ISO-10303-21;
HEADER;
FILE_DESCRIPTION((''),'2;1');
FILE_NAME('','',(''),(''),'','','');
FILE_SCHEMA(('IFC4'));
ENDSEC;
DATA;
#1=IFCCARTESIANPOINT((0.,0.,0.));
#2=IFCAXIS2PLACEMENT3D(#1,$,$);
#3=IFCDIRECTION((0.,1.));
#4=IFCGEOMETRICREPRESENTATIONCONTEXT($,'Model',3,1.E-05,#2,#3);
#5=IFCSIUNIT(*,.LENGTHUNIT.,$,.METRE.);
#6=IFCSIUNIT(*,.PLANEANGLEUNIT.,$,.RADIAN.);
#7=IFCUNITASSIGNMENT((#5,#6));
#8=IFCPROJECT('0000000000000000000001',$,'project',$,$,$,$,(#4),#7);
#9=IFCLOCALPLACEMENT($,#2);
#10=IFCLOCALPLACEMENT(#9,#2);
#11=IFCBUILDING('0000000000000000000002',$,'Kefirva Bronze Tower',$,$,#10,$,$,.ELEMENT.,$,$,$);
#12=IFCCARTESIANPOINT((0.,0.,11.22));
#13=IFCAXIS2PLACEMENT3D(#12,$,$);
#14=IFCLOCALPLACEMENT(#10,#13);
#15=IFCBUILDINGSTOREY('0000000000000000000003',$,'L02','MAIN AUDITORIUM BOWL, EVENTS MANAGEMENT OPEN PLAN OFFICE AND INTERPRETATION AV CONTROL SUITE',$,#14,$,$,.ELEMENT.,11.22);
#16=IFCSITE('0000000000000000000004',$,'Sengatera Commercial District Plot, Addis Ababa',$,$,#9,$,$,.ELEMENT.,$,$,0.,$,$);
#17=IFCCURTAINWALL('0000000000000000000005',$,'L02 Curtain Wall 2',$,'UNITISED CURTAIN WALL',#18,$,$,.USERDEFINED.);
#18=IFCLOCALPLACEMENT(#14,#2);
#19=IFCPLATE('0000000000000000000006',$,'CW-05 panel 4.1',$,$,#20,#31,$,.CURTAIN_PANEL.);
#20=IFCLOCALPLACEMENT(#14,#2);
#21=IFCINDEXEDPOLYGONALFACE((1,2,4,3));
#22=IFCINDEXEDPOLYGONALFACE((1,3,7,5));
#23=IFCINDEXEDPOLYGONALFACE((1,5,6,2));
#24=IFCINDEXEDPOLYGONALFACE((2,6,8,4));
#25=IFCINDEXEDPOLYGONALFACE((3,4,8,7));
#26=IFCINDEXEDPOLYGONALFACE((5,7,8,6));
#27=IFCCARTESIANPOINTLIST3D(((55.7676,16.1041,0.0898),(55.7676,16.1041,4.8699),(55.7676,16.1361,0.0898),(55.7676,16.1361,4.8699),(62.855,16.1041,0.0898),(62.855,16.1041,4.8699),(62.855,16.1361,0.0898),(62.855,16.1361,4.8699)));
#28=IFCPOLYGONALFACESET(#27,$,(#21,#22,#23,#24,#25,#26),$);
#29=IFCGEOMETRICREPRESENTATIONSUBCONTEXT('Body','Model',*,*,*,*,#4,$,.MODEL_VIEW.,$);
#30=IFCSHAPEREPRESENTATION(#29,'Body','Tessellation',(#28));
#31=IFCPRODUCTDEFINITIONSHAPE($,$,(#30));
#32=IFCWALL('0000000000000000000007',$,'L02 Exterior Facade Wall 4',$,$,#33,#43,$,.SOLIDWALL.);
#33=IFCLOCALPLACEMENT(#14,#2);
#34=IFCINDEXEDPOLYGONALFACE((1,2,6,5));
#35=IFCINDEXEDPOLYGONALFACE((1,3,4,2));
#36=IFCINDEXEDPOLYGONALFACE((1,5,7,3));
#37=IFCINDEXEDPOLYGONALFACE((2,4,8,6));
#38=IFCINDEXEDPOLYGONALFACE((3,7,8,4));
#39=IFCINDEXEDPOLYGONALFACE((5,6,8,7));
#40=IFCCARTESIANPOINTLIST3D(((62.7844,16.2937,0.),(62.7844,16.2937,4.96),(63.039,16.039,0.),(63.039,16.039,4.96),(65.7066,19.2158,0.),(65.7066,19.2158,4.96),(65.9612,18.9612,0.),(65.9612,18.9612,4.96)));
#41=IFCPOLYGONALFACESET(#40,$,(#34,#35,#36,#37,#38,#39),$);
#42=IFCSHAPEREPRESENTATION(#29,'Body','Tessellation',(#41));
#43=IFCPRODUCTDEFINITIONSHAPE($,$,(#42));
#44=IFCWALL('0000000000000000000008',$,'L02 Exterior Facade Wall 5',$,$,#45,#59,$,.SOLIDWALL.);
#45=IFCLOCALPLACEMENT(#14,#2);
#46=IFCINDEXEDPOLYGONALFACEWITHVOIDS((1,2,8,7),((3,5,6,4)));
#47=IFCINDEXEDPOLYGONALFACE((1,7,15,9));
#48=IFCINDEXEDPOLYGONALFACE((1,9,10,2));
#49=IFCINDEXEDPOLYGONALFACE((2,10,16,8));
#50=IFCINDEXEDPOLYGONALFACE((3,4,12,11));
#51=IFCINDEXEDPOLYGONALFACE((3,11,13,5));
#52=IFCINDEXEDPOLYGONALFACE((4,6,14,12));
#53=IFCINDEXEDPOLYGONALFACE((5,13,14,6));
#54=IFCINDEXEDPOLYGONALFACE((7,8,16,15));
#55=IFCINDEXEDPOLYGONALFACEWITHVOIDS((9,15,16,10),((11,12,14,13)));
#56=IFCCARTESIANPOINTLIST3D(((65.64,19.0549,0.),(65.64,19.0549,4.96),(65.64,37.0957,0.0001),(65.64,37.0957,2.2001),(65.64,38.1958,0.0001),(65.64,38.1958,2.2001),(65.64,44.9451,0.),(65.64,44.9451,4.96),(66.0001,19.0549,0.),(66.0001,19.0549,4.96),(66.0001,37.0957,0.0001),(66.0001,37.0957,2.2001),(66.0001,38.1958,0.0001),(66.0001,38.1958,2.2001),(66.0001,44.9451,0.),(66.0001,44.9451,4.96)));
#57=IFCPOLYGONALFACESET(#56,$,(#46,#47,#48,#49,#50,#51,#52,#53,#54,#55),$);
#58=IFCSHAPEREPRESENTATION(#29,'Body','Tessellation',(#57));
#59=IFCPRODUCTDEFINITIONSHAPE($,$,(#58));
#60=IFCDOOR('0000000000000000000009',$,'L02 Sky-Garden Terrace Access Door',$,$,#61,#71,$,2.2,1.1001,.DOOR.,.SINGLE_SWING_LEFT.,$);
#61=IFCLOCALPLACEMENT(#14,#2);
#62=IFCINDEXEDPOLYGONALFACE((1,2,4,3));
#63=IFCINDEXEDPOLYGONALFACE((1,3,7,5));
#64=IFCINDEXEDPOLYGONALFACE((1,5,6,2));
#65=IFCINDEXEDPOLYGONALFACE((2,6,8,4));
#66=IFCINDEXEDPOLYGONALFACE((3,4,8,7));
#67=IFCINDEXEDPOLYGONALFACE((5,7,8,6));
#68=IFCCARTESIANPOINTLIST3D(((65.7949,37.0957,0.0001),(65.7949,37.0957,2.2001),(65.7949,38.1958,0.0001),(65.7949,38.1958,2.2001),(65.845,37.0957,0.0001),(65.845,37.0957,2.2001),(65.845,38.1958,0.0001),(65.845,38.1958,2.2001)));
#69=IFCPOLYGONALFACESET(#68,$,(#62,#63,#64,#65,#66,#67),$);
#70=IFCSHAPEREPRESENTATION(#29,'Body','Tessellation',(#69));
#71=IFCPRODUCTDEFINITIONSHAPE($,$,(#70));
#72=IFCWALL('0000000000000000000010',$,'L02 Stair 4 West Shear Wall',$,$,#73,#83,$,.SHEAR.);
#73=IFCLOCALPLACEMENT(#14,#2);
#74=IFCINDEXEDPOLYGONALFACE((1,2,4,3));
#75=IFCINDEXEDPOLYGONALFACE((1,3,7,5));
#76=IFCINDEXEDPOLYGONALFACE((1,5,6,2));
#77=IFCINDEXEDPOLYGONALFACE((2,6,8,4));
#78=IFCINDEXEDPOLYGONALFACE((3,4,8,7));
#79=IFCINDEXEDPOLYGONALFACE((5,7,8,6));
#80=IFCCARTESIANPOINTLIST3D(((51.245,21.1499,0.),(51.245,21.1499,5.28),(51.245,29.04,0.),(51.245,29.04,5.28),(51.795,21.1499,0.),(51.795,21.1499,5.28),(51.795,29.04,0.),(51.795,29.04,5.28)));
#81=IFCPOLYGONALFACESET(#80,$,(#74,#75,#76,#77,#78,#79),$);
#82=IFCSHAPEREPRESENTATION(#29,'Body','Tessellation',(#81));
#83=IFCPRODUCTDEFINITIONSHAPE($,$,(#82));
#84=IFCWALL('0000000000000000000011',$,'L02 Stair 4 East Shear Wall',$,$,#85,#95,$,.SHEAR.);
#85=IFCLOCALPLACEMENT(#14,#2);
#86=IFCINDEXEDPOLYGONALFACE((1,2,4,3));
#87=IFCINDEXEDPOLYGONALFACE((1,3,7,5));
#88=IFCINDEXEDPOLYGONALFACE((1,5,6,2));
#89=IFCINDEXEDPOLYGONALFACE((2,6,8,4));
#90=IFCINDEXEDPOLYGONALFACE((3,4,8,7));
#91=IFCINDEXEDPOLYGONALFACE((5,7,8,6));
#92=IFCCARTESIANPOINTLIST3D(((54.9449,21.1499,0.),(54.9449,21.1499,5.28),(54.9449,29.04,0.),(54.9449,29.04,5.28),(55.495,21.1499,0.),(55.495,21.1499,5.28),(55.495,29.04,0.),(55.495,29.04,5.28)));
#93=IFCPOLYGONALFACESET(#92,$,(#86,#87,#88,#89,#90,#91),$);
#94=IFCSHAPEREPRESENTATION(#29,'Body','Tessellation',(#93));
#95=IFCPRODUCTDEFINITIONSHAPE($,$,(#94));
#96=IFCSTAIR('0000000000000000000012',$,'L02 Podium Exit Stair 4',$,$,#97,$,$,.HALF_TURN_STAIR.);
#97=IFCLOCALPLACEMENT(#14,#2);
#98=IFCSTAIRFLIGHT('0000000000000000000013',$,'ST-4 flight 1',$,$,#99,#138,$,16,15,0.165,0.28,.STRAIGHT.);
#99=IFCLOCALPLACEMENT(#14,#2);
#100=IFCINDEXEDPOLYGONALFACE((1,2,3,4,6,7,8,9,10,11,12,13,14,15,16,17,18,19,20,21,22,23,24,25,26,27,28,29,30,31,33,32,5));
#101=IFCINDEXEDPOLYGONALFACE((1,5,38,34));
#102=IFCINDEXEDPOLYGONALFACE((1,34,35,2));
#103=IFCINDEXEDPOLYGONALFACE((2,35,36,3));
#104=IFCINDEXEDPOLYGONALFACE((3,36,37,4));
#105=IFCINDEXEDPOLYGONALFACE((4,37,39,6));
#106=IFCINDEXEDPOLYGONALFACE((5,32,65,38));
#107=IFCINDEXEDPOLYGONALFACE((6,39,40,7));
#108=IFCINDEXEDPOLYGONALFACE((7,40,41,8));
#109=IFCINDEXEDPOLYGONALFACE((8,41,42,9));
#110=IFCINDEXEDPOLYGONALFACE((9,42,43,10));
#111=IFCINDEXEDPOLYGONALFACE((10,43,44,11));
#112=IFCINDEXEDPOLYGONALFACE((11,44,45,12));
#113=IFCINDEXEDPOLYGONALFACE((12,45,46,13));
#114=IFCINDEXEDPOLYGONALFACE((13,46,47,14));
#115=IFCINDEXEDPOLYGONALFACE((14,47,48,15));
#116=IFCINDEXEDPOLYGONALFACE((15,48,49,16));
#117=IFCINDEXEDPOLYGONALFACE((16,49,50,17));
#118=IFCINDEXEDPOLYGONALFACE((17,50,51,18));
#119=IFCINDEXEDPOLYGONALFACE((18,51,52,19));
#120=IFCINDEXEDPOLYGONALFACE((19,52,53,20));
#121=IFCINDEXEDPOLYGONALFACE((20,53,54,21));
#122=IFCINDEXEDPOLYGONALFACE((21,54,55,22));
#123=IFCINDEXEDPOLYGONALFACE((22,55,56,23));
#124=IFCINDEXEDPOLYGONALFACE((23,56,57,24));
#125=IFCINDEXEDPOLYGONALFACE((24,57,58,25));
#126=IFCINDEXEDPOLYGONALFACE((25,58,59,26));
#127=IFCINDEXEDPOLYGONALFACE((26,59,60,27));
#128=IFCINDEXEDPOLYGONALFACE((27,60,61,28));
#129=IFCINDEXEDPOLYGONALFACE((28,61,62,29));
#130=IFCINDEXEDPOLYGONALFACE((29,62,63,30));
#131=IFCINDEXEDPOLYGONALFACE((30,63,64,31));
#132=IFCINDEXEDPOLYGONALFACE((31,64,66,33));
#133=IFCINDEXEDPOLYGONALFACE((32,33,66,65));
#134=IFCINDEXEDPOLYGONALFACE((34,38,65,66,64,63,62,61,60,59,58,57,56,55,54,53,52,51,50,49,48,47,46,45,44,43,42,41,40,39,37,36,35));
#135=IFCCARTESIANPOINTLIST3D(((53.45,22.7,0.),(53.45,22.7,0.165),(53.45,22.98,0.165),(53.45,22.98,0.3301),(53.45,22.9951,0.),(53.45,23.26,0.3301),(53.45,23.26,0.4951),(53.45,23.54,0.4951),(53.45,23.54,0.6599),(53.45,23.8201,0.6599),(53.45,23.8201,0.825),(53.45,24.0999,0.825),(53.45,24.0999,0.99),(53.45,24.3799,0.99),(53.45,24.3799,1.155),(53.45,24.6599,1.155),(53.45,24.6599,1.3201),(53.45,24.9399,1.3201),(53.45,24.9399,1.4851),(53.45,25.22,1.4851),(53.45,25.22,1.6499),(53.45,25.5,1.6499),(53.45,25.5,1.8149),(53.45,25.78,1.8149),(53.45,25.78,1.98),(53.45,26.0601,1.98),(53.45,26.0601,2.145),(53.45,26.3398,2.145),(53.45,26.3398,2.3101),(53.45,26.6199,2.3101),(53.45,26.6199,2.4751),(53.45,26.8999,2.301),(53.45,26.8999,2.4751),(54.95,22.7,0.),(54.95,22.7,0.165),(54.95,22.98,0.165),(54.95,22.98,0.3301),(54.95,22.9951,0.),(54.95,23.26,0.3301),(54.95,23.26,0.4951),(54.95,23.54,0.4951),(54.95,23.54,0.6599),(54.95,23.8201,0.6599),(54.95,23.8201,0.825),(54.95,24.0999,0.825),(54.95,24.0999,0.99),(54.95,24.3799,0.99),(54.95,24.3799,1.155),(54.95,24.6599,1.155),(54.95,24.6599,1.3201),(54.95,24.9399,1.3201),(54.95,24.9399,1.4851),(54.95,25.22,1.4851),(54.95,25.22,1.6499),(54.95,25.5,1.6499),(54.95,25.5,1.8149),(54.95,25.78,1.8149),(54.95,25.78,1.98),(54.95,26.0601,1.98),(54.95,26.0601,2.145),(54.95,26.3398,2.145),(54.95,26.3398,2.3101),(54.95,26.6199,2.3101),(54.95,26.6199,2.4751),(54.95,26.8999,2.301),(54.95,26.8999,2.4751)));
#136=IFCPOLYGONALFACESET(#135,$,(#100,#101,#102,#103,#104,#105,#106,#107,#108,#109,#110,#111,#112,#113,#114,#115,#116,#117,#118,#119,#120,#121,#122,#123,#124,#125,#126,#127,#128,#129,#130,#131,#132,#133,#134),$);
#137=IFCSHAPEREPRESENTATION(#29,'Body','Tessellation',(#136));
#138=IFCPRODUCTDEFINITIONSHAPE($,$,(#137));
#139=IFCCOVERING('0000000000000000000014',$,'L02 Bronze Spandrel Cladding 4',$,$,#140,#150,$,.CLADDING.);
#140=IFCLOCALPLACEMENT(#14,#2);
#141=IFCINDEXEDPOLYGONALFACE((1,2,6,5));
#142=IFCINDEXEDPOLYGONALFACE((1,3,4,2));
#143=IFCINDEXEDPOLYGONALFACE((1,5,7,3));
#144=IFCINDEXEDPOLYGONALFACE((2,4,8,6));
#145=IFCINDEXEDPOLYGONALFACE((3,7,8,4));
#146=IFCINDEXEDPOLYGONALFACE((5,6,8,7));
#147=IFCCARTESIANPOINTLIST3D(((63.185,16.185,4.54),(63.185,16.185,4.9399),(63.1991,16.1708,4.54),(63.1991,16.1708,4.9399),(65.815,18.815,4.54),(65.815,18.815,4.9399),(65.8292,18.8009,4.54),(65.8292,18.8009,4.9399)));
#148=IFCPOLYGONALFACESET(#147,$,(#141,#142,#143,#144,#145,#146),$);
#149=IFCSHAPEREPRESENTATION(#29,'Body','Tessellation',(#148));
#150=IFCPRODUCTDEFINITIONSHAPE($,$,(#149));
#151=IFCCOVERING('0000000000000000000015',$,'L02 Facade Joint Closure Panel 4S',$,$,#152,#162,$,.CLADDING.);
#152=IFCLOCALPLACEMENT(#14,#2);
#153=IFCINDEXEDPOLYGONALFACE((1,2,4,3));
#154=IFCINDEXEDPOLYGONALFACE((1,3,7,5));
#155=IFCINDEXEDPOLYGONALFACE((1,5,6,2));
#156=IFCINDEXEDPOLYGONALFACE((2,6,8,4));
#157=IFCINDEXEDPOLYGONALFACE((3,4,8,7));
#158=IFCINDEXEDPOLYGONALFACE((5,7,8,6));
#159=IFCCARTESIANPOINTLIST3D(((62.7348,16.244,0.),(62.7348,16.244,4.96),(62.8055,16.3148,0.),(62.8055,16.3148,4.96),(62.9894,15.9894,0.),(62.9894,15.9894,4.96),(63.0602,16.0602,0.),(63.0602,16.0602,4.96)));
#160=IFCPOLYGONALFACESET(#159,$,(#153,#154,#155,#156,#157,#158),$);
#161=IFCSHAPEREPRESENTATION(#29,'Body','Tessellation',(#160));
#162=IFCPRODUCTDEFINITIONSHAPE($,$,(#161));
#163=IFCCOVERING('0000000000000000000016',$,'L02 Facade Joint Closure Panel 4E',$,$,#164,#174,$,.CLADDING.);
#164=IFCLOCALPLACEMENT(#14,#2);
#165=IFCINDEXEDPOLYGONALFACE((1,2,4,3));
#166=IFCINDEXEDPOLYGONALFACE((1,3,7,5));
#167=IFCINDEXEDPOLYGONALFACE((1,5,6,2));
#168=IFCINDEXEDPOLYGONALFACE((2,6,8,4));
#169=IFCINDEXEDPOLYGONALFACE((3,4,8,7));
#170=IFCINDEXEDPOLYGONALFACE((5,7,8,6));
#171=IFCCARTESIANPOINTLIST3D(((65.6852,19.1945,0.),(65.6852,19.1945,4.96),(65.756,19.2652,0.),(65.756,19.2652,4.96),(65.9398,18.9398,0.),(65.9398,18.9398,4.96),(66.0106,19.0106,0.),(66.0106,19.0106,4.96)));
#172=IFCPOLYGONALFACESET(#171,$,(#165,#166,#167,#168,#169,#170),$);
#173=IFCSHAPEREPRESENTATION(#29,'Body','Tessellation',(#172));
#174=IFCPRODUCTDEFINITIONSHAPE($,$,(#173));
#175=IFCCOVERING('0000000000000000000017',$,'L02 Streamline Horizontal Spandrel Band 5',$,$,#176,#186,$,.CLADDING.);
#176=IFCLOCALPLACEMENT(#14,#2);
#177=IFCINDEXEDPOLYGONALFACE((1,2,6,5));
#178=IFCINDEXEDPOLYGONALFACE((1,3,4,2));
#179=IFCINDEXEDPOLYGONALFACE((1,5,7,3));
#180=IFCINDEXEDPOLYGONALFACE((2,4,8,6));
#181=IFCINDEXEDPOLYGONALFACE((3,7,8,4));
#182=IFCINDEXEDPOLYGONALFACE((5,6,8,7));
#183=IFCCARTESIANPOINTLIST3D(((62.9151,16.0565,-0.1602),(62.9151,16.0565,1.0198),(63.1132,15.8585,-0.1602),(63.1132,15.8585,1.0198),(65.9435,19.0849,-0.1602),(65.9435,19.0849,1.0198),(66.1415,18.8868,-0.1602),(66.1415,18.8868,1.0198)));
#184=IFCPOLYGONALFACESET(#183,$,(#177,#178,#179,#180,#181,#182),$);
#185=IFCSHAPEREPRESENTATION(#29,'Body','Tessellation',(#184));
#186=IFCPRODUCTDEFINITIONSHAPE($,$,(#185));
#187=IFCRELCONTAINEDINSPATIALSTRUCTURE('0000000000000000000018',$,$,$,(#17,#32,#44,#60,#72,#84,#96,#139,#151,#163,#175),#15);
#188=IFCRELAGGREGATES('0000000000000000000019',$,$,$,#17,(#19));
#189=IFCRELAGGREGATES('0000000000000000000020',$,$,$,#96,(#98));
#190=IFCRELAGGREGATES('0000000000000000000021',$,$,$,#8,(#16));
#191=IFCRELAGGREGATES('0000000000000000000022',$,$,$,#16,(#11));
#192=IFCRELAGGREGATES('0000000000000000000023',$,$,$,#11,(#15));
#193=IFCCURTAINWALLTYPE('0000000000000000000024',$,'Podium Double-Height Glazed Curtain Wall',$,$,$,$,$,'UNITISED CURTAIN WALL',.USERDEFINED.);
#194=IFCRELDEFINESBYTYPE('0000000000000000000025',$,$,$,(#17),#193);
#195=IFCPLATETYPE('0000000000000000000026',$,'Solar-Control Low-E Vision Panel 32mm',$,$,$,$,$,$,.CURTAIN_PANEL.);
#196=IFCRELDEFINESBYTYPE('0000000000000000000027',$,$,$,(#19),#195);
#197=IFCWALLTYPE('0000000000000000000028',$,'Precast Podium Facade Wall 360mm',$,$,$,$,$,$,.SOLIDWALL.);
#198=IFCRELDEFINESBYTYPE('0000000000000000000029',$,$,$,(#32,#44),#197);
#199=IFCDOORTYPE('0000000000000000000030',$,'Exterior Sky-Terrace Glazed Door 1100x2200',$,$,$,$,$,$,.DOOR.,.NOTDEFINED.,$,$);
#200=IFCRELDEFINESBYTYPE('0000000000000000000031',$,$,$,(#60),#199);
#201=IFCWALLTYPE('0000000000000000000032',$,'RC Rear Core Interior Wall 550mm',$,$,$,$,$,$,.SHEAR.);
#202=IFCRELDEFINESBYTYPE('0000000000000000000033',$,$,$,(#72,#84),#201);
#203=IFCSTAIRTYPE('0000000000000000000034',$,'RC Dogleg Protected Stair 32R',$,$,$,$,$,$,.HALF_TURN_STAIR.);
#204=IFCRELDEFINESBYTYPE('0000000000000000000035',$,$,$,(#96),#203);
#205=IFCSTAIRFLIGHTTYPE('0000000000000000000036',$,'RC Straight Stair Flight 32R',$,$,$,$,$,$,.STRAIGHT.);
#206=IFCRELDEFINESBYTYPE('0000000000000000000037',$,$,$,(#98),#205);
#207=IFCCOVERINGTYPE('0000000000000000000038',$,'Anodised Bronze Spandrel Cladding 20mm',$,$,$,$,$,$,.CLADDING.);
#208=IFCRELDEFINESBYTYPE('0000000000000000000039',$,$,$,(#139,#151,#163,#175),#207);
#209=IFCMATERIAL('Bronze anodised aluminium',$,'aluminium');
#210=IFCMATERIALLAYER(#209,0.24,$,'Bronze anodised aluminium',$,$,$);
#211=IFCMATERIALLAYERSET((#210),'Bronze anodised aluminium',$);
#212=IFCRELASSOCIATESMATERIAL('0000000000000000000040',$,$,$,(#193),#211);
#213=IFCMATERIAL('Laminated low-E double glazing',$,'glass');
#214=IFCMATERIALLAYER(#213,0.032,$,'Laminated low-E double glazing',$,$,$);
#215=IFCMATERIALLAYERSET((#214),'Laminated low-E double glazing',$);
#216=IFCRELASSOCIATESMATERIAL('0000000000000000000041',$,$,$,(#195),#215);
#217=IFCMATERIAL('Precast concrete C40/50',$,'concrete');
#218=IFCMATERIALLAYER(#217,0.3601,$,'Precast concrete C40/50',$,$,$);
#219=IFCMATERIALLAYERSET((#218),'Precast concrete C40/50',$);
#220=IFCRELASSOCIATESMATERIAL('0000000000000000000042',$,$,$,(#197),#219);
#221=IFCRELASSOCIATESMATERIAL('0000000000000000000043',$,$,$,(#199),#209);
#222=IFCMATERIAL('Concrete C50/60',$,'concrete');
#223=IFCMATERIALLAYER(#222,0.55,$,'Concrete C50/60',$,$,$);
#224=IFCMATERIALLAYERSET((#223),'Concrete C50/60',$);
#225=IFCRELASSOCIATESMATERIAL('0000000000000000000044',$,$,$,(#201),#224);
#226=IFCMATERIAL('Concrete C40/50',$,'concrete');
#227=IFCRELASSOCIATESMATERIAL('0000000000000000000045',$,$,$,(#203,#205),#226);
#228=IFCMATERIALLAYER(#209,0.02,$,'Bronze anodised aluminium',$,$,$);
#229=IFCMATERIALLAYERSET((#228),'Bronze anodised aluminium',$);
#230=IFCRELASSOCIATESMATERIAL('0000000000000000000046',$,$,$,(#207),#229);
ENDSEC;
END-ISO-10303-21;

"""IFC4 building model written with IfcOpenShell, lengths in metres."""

from ifc_helpers import new_model, si_unit, direction, frame, frame_2d, origin, origin_2d, place, context, subcontext, project, spatial, polyline, rectangle, outline, extrude, material, layer, layer_set, type_object, element, fill, aggregate, save


model = new_model("IFC4")

# Units and contexts
model_context = context("Model", 3, precision=1e-05, world=origin(), true_north=direction((0.0, 1.0)))
body_context = subcontext(model_context, "Body", "Model", "MODEL_VIEW")
ifc_project = project(units=[si_unit("LENGTHUNIT", "METRE"), si_unit("PLANEANGLEUNIT", "RADIAN")], contexts=[model_context])

# Site, building, storey
site_placement = place(None, origin())
site = spatial("IfcSite", under=ifc_project, at=site_placement, Name="Sengatera Commercial District Plot, Addis Ababa", CompositionType="ELEMENT", RefElevation=0.0)
building_placement = place(site_placement, origin())
building = spatial("IfcBuilding", under=site, at=building_placement, Name="Kefirva Bronze Tower", CompositionType="ELEMENT")
storey_placement = place(building_placement, frame((0.0, 0.0, 11.22)))
storey = spatial("IfcBuildingStorey", under=building, at=storey_placement, Name="L02", Description="MAIN AUDITORIUM BOWL, EVENTS MANAGEMENT OPEN PLAN OFFICE AND INTERPRETATION AV CONTROL SUITE", CompositionType="ELEMENT", Elevation=11.22)

# Curtain wall
ifc_material_1 = material(Name="Bronze anodised aluminium", Category="aluminium")
ifc_layer_1 = layer(ifc_material_1, 0.24, Name="Bronze anodised aluminium")
ifc_layer_set_1 = layer_set([ifc_layer_1], Name="Bronze anodised aluminium")
curtain_wall_type = type_object("IfcCurtainWallType", Name="Podium Double-Height Glazed Curtain Wall", ElementType="UNITISED CURTAIN WALL", PredefinedType="USERDEFINED", material=ifc_layer_set_1)
curtain_wall_placement = place(storey_placement, origin())
curtain_wall = element("IfcCurtainWall", 1, at=curtain_wall_placement, inside=storey, type_object=curtain_wall_type, Name="L02 Curtain Wall 2", ObjectType="UNITISED CURTAIN WALL", PredefinedType="USERDEFINED")

# Shared definitions
ifc_material_2 = material(Name="Concrete C50/60", Category="concrete")

# Plate
ifc_material_3 = material(Name="Laminated low-E double glazing", Category="glass")
ifc_layer_2 = layer(ifc_material_3, 0.032, Name="Laminated low-E double glazing")
ifc_layer_set_2 = layer_set([ifc_layer_2], Name="Laminated low-E double glazing")
plate_type = type_object("IfcPlateType", Name="Solar-Control Low-E Vision Panel 32mm", PredefinedType="CURTAIN_PANEL", material=ifc_layer_set_2)
plate_1_placement = place(storey_placement, frame((59.3113, 16.1201, 0.0898), z_axis=(0.0, 0.0, 1.0), x_axis=(1.0, 0.0, 0.0)))
plate_1 = element("IfcPlate", 2, at=plate_1_placement, type_object=plate_type, Name="CW-05 panel 4.1", PredefinedType="CURTAIN_PANEL", context=body_context, shape_type="SweptSolid", body=[
    extrude(rectangle(XDim=7.0874, YDim=0.032, at=origin_2d()), origin(), (0.0, 0.0, 1.0), 4.78),
])
aggregate(curtain_wall, [plate_1])

# Wall
ifc_material_4 = material(Name="Precast concrete C40/50", Category="concrete")
ifc_layer_3 = layer(ifc_material_4, 0.3601, Name="Precast concrete C40/50")
ifc_layer_set_3 = layer_set([ifc_layer_3], Name="Precast concrete C40/50")
wall_type_1 = type_object("IfcWallType", Name="Precast Podium Facade Wall 360mm", PredefinedType="SOLIDWALL", material=ifc_layer_set_3)
wall_1_placement = place(storey_placement, frame((62.9116, 16.1663, 0.0), z_axis=(0.0, 0.0, 1.0), x_axis=(0.707107, 0.707107, 0.0)))
element("IfcWall", 3, at=wall_1_placement, inside=storey, type_object=wall_type_1, Name="L02 Exterior Facade Wall 4", PredefinedType="SOLIDWALL", context=body_context, shape_type="SweptSolid", body=[
    extrude(rectangle(XDim=4.1326, YDim=0.3601, at=frame_2d((2.0664, 0.0))), origin(), (0.0, 0.0, 1.0), 4.96),
])

# Wall, opening, door
wall_2_placement = place(storey_placement, frame((65.8201, 19.0549, 0.0), z_axis=(0.0, 0.0, 1.0), x_axis=(0.0, 1.0, 0.0)))
wall_2 = element("IfcWall", 4, at=wall_2_placement, inside=storey, type_object=wall_type_1, Name="L02 Exterior Facade Wall 5", PredefinedType="SOLIDWALL", context=body_context, shape_type="SweptSolid", body=[
    extrude(rectangle(XDim=25.8901, YDim=0.3601, at=frame_2d((12.9451, 0.0))), origin(), (0.0, 0.0, 1.0), 4.96),
])
opening_1_placement = place(wall_2_placement, frame((19.1409, 0.0, 0.0), z_axis=(0.0, 0.0, 1.0), x_axis=(-1.0, 0.0, 0.0)))
opening_1 = element("IfcOpeningElement", 5, at=opening_1_placement, cuts=wall_2, PredefinedType="OPENING", context=body_context, shape_type="SweptSolid", body=[
    extrude(rectangle(XDim=1.1001, YDim=2.2, at=frame_2d((0.55, 1.1001))), frame((0.0, 0.1899, 0.0), z_axis=(0.0, -1.0, 0.0), x_axis=(1.0, 0.0, 0.0)), (0.0, 0.0, 1.0), 0.3801),
])
door_type_1 = type_object("IfcDoorType", Name="Exterior Sky-Terrace Glazed Door 1100x2200", OperationType="NOTDEFINED", PredefinedType="DOOR", material=ifc_material_1)
door_1_placement = place(opening_1_placement, origin())
door_1 = element("IfcDoor", 6, at=door_1_placement, inside=storey, type_object=door_type_1, Name="L02 Sky-Garden Terrace Access Door", OperationType="SINGLE_SWING_LEFT", OverallHeight=2.2, OverallWidth=1.1001, PredefinedType="DOOR", context=body_context, shape_type="SweptSolid", body=[
    extrude(rectangle(XDim=1.1001, YDim=2.2, at=frame_2d((0.55, 1.1001))), frame((0.0, 0.0249, 0.0), z_axis=(0.0, -1.0, 0.0), x_axis=(1.0, 0.0, 0.0)), (0.0, 0.0, 1.0), 0.05),
])
fill(opening_1, door_1)

# Walls
ifc_layer_4 = layer(ifc_material_2, 0.55, Name="Concrete C50/60")
ifc_layer_set_4 = layer_set([ifc_layer_4], Name="Concrete C50/60")
wall_type_2 = type_object("IfcWallType", Name="RC Rear Core Interior Wall 550mm", PredefinedType="SHEAR", material=ifc_layer_set_4)
for number, where, z_axis, x_axis, name in (
    (7, (51.52, 21.1499, 0.0), (0.0, 0.0, 1.0), (0.0, 1.0, 0.0), "L02 Stair 4 West Shear Wall"),
    (8, (55.22, 21.1499, 0.0), (0.0, 0.0, 1.0), (0.0, 1.0, 0.0), "L02 Stair 4 East Shear Wall"),
):
    element("IfcWall", number, at=place(storey_placement, frame(where, z_axis=z_axis, x_axis=x_axis)), inside=storey, type_object=wall_type_2, Name=name, PredefinedType="SHEAR", context=body_context, shape_type="SweptSolid", body=[
        extrude(rectangle(XDim=7.8901, YDim=0.55, at=frame_2d((3.9451, 0.0))), origin(), (0.0, 0.0, 1.0), 5.28),
    ])

# Stair, stair flight
ifc_material_5 = material(Name="Concrete C40/50", Category="concrete")
stair_type = type_object("IfcStairType", Name="RC Dogleg Protected Stair 32R", PredefinedType="HALF_TURN_STAIR", material=ifc_material_5)
stair_placement = place(storey_placement, origin())
stair = element("IfcStair", 9, at=stair_placement, inside=storey, type_object=stair_type, Name="L02 Podium Exit Stair 4", PredefinedType="HALF_TURN_STAIR")
stair_flight_type = type_object("IfcStairFlightType", Name="RC Straight Stair Flight 32R", PredefinedType="STRAIGHT", material=ifc_material_5)
stair_flight_placement = place(storey_placement, frame((54.2, 22.7, 0.0), z_axis=(0.0, 0.0, 1.0), x_axis=(0.0, 1.0, 0.0)))
stair_flight = element("IfcStairFlight", 10, at=stair_flight_placement, type_object=stair_flight_type, Name="ST-4 flight 1", NumberOfRisers=16, NumberOfTreads=15, PredefinedType="STRAIGHT", RiserHeight=0.165, TreadLength=0.28, context=body_context, shape_type="SweptSolid", body=[
    extrude(outline(polyline([(0.0, 0.0), (0.0, 0.165), (0.28, 0.165), (0.28, 0.3301), (0.5601, 0.3301), (0.5601, 0.4951), (0.8401, 0.4951), (0.8401, 0.6599), (1.1201, 0.6599), (1.1201, 0.825), (1.3999, 0.825), (1.3999, 0.99), (1.6799, 0.99), (1.6799, 1.155), (1.96, 1.155), (1.96, 1.3201), (2.24, 1.3201), (2.24, 1.4851), (2.52, 1.4851), (2.52, 1.6499), (2.8, 1.6499), (2.8, 1.8149), (3.0801, 1.8149), (3.0801, 1.98), (3.3601, 1.98), (3.3601, 2.145), (3.6399, 2.145), (3.6399, 2.3101), (3.9199, 2.3101), (3.9199, 2.4751), (4.2, 2.4751), (4.2, 2.6399), (4.2, 2.301), (0.2952, 0.0), (0.0, 0.0)])), frame((0.0, 0.75, 0.0), z_axis=(0.0, -1.0, 0.0), x_axis=(1.0, 0.0, 0.0)), (0.0, 0.0, 1.0), 1.5),
])
aggregate(stair, [stair_flight])

# Coverings
ifc_layer_5 = layer(ifc_material_1, 0.02, Name="Bronze anodised aluminium")
ifc_layer_set_5 = layer_set([ifc_layer_5], Name="Bronze anodised aluminium")
covering_type_1 = type_object("IfcCoveringType", Name="Anodised Bronze Spandrel Cladding 20mm", PredefinedType="CLADDING", material=ifc_layer_set_5)
covering_1_placement = place(storey_placement, frame((64.5071, 17.4929, 4.54), z_axis=(0.0, 0.0, 1.0), x_axis=(0.707107, 0.707107, 0.0)))
element("IfcCovering", 11, at=covering_1_placement, inside=storey, type_object=covering_type_1, Name="L02 Bronze Spandrel Cladding 4", PredefinedType="CLADDING", context=body_context, shape_type="SweptSolid", body=[
    extrude(rectangle(XDim=3.7195, YDim=0.02, at=origin_2d()), origin(), (0.0, 0.0, 1.0), 0.3999),
])
for number, where, z_axis, x_axis, name in (
    (12, (62.8975, 16.1521, 0.0), (0.0, 0.0, 1.0), (0.707107, 0.707107, 0.0), "L02 Facade Joint Closure Panel 4S"),
    (13, (65.8479, 19.1025, 0.0), (0.0, 0.0, 1.0), (0.707107, 0.707107, 0.0), "L02 Facade Joint Closure Panel 4E"),
):
    element("IfcCovering", number, at=place(storey_placement, frame(where, z_axis=z_axis, x_axis=x_axis)), inside=storey, type_object=covering_type_1, Name=name, PredefinedType="CLADDING", context=body_context, shape_type="SweptSolid", body=[
        extrude(rectangle(XDim=0.1001, YDim=0.3601, at=origin_2d()), origin(), (0.0, 0.0, 1.0), 4.96),
    ])
covering_2_placement = place(storey_placement, frame((64.5283, 17.4717, -0.1602), z_axis=(0.0, 0.0, 1.0), x_axis=(0.707107, 0.707107, 0.0)))
element("IfcCovering", 14, at=covering_2_placement, inside=storey, type_object=covering_type_1, Name="L02 Streamline Horizontal Spandrel Band 5", PredefinedType="CLADDING", context=body_context, shape_type="SweptSolid", body=[
    extrude(rectangle(XDim=4.2827, YDim=0.28, at=origin_2d()), origin(), (0.0, 0.0, 1.0), 1.1799),
])

save(model, "model.ifc")
